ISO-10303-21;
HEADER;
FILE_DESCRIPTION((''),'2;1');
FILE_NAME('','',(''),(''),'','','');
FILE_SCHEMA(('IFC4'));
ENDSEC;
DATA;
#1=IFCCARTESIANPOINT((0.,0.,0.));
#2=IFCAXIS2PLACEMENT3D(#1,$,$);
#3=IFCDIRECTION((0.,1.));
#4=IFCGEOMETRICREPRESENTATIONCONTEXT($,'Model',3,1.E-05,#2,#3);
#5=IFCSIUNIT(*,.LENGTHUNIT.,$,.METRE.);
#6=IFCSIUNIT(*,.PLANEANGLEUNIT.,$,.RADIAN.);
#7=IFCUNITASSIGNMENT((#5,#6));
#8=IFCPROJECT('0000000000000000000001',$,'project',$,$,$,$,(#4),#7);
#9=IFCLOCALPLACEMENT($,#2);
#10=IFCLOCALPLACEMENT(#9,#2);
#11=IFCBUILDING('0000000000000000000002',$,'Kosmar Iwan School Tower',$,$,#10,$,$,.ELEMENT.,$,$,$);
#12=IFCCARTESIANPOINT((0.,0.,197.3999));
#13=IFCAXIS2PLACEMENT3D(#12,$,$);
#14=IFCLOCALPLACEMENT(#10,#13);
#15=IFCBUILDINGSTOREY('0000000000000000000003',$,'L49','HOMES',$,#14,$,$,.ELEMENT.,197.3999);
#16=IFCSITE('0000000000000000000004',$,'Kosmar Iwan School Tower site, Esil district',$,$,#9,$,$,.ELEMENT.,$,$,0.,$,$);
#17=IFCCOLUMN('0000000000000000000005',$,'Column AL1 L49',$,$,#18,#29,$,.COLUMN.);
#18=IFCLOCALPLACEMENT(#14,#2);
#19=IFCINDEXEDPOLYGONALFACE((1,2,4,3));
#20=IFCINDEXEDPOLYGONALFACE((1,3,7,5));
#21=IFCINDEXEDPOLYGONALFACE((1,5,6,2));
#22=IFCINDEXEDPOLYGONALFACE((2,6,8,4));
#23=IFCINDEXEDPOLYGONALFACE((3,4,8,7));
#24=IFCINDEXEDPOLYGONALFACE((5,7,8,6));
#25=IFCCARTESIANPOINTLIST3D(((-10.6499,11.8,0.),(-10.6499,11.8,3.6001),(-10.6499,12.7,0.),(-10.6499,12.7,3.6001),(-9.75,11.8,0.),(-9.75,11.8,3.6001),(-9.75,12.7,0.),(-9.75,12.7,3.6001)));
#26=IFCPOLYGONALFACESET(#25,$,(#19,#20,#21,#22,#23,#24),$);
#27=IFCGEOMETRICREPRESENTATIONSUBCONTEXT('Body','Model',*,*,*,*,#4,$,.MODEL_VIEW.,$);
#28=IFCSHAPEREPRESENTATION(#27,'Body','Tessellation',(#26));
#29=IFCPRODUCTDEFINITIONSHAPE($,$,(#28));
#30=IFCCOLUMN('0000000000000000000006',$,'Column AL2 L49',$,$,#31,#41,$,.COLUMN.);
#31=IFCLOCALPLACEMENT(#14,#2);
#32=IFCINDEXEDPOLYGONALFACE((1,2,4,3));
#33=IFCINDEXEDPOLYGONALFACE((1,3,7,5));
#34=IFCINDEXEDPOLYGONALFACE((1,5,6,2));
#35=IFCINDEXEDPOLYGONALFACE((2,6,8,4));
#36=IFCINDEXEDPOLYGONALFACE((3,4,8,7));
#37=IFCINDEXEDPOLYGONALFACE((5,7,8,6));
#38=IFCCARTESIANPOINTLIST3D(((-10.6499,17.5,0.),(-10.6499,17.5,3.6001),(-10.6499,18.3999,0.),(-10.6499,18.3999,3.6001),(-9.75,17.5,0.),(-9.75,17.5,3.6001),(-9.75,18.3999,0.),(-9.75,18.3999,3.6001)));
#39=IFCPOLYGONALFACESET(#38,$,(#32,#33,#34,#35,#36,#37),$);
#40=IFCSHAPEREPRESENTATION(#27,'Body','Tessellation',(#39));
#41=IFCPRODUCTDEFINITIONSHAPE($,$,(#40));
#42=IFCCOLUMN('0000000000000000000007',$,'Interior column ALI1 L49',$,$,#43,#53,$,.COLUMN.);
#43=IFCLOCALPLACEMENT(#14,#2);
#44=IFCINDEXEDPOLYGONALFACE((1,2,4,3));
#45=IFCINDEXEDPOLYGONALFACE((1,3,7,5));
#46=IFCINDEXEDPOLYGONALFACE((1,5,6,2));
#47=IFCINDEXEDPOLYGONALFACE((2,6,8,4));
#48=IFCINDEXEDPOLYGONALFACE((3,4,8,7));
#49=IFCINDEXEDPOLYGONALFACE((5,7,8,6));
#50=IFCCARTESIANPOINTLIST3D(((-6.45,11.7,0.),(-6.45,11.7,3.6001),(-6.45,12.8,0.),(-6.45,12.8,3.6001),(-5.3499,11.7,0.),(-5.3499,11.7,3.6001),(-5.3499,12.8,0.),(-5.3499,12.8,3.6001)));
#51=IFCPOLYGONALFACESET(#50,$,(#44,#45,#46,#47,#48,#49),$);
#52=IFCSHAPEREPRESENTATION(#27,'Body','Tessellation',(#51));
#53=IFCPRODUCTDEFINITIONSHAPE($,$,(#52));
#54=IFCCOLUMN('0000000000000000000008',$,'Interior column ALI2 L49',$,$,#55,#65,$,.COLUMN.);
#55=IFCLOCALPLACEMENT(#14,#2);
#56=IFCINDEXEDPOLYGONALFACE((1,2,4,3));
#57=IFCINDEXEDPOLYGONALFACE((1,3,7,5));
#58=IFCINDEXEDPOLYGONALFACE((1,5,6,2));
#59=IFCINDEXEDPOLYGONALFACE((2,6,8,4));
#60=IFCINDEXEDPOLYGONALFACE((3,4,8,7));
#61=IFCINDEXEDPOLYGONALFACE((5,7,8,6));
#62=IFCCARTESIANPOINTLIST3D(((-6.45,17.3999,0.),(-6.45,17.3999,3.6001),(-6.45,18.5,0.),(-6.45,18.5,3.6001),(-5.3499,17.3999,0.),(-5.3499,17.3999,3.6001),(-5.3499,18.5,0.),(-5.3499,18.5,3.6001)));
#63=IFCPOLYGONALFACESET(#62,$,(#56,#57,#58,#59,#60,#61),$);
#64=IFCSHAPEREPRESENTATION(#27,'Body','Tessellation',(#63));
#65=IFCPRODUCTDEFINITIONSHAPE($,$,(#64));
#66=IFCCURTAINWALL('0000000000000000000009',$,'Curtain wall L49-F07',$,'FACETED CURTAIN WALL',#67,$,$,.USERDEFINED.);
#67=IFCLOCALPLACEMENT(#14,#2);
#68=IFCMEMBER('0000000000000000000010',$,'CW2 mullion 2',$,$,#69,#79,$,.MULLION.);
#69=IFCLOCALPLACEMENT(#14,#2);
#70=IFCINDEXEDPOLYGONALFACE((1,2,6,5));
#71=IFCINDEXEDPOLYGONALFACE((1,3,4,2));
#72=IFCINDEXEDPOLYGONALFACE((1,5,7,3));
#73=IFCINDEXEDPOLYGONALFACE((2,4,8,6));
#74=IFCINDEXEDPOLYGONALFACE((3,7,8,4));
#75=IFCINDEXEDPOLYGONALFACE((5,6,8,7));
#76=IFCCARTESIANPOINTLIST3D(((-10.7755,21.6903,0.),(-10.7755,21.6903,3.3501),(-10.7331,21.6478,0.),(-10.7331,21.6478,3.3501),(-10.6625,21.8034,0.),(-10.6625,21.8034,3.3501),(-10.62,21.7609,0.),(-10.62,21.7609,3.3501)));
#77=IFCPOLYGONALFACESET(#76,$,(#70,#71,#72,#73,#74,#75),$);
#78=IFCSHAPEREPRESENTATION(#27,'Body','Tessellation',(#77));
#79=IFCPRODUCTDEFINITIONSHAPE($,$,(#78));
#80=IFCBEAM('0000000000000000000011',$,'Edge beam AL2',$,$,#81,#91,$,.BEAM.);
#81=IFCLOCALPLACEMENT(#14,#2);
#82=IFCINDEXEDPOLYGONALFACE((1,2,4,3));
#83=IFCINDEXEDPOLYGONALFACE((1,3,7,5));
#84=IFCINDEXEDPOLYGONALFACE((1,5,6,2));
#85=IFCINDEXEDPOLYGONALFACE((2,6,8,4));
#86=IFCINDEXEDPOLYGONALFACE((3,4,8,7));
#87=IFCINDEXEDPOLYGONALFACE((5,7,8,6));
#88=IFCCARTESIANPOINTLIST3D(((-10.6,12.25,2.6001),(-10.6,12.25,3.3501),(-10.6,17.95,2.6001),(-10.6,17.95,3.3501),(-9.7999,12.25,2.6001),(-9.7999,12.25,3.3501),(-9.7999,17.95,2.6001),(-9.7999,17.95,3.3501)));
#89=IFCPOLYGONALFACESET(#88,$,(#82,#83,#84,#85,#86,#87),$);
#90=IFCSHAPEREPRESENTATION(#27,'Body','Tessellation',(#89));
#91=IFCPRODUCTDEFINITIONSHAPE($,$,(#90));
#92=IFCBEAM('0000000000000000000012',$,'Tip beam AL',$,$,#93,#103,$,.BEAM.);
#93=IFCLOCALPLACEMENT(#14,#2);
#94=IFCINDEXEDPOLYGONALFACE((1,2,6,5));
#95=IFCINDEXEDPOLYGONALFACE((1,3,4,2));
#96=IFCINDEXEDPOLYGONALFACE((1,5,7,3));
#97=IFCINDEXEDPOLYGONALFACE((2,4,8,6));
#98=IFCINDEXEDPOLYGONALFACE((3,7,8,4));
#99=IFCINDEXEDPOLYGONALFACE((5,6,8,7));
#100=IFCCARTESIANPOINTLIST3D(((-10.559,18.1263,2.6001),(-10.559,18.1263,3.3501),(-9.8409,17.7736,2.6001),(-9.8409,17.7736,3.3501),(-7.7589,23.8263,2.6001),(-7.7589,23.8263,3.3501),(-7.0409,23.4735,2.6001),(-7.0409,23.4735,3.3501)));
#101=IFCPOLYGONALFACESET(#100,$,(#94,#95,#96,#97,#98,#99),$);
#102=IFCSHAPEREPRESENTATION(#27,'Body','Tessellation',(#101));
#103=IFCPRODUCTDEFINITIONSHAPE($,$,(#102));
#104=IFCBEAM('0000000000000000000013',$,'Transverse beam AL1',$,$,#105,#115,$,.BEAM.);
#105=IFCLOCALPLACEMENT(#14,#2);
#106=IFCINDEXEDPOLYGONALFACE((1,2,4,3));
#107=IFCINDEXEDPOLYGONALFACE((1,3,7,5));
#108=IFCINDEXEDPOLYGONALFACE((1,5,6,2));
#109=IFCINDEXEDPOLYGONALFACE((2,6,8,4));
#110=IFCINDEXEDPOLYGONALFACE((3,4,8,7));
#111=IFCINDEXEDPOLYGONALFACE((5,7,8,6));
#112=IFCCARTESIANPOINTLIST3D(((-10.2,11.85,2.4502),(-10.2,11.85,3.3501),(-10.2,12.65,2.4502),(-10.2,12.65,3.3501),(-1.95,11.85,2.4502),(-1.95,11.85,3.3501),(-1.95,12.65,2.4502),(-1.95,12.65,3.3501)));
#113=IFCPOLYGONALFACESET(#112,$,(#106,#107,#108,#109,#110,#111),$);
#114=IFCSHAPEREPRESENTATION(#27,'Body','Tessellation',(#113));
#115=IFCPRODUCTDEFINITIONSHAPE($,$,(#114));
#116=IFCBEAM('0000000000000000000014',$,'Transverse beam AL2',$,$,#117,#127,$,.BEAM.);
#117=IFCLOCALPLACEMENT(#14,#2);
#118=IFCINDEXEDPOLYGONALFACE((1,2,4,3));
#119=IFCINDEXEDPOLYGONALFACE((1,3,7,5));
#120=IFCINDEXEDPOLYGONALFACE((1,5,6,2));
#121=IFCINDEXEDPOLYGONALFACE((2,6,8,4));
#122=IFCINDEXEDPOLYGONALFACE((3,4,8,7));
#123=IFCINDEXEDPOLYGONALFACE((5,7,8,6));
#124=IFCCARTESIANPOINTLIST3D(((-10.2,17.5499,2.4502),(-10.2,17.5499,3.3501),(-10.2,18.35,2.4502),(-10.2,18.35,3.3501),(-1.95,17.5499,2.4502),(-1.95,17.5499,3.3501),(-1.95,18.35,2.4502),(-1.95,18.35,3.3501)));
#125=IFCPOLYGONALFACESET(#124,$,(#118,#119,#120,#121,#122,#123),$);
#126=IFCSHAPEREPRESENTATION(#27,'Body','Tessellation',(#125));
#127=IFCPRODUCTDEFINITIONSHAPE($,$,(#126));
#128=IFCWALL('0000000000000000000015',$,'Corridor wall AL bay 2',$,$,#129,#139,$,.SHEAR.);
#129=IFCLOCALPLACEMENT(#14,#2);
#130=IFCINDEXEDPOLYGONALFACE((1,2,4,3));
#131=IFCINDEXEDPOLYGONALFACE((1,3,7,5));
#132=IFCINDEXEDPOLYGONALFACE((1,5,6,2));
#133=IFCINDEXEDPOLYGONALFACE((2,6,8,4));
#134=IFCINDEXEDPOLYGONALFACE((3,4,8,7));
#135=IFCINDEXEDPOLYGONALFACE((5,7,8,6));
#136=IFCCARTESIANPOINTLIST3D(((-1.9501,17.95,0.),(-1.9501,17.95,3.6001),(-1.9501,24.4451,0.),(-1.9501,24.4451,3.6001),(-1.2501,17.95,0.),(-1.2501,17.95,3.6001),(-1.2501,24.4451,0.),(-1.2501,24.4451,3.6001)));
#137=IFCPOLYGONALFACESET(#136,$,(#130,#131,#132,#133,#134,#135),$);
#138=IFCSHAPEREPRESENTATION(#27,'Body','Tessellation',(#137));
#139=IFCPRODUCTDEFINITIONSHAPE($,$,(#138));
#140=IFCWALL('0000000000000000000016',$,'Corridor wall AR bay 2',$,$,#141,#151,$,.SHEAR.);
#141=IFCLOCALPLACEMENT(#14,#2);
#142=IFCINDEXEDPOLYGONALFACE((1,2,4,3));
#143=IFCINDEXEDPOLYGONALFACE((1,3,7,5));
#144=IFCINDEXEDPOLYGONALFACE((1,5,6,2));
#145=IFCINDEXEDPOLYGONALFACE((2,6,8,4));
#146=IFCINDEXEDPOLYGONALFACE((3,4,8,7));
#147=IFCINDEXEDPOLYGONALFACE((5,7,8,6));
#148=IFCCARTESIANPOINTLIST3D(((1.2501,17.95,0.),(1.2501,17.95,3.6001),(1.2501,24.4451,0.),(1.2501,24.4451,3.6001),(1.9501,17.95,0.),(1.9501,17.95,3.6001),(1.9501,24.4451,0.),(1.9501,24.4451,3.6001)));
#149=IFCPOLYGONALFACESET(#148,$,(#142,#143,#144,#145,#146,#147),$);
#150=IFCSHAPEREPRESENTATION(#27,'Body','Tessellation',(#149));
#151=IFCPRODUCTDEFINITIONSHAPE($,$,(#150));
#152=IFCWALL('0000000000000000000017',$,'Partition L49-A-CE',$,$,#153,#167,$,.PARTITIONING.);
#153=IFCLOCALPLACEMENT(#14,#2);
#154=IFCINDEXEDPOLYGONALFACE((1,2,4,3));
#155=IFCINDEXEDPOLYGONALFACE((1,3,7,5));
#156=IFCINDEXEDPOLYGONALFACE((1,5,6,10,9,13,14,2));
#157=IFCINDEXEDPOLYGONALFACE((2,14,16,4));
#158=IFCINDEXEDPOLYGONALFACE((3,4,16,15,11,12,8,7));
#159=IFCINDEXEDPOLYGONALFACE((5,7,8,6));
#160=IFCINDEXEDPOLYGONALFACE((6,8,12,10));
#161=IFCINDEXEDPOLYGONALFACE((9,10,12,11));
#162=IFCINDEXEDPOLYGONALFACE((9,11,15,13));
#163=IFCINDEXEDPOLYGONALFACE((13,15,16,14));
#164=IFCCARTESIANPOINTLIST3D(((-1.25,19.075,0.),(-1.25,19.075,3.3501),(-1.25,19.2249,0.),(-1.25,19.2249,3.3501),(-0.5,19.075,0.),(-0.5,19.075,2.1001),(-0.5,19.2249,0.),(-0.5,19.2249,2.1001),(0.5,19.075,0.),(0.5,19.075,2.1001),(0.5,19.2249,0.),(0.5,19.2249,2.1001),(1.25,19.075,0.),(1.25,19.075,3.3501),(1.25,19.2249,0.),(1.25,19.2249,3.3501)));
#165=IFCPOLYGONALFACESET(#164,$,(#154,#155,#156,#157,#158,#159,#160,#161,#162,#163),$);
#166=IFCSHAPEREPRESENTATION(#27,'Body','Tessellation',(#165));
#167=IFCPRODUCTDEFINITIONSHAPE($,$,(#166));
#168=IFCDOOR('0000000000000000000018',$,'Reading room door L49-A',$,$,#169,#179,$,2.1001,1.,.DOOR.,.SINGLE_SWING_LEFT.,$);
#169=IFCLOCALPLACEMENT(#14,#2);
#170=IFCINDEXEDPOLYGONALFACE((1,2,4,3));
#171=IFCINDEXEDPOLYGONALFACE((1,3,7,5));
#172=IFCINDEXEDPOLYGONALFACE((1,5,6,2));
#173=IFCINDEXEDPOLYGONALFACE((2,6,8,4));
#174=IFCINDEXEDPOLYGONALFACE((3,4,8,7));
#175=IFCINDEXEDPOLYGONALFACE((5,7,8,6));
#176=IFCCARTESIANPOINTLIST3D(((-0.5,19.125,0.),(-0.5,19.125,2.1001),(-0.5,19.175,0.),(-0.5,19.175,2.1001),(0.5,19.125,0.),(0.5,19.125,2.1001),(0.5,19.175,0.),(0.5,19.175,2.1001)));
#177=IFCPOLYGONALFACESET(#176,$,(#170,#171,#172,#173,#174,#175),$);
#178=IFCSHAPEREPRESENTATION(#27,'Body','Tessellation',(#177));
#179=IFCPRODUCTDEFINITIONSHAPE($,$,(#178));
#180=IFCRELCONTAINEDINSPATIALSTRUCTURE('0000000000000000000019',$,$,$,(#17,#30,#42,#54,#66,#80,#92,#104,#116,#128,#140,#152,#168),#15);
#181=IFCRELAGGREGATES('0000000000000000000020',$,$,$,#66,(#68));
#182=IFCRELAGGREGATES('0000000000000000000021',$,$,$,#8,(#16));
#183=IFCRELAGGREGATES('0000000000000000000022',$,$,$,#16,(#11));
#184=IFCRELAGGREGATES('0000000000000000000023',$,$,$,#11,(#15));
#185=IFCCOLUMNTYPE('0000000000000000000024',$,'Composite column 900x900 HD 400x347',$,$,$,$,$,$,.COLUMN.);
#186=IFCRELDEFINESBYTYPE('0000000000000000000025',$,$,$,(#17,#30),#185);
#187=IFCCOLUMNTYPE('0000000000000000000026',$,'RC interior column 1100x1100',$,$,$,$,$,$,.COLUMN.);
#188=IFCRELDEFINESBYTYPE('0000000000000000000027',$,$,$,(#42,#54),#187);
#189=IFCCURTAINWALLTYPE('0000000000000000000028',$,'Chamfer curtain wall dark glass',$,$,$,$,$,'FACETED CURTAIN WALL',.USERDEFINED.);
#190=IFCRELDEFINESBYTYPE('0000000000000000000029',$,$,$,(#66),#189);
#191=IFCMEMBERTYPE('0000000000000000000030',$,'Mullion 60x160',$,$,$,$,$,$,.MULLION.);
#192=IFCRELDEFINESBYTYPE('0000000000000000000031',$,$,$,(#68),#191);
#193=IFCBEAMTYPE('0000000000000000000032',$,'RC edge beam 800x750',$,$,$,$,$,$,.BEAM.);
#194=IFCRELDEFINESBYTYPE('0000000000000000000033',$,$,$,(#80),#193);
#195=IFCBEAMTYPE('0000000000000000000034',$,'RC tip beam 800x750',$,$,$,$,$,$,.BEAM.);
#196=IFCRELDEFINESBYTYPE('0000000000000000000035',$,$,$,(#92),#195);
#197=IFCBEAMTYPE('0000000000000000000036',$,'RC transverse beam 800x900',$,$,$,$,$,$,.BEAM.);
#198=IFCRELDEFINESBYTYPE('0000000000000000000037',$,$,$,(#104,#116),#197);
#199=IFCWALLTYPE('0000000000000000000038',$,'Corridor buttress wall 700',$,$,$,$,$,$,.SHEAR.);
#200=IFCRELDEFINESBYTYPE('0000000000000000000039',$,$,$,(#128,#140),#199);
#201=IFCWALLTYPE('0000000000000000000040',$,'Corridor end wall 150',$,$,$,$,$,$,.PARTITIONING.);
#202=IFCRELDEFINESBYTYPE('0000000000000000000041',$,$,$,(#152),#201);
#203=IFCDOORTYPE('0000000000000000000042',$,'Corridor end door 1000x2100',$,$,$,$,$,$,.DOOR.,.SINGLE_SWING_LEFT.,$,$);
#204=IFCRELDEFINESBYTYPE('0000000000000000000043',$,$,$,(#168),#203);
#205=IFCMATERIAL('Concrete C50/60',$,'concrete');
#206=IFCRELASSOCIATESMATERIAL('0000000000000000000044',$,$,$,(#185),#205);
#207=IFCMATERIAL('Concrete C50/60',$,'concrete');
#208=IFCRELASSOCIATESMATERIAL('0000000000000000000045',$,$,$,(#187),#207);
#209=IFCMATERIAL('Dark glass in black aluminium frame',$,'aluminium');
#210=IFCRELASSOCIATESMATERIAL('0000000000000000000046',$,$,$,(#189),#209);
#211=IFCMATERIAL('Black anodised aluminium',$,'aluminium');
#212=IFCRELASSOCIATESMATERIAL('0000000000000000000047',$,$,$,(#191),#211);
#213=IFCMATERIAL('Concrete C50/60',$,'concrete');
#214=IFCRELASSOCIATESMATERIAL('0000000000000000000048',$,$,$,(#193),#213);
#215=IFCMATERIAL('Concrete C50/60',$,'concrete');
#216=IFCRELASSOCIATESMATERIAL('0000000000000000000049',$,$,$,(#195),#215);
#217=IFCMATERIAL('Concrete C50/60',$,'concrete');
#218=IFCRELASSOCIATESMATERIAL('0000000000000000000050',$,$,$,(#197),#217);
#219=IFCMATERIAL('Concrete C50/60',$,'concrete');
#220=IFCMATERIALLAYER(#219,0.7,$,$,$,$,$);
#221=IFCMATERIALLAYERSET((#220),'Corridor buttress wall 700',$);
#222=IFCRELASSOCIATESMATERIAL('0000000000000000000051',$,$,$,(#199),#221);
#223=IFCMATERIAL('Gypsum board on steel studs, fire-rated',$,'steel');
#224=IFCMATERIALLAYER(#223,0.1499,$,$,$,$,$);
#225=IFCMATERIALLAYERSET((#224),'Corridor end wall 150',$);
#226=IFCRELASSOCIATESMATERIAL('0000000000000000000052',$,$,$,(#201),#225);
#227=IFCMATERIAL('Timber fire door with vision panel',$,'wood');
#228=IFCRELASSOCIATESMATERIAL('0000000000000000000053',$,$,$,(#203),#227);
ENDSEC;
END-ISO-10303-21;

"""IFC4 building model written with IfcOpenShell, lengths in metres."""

from ifc_helpers import new_model, si_unit, direction, frame, frame_2d, origin, origin_2d, place, context, subcontext, project, spatial, rectangle, extrude, material, layer, layer_set, material_profile, profile_set, type_object, element, fill, aggregate, save


model = new_model("IFC4")

# Units and contexts
model_context = context("Model", 3, precision=1e-05, world=origin(), true_north=direction((0.0, 1.0)))
body_context = subcontext(model_context, "Body", "Model", "MODEL_VIEW")
ifc_project = project(units=[si_unit("LENGTHUNIT", "METRE"), si_unit("PLANEANGLEUNIT", "RADIAN")], contexts=[model_context])

# Site, building, storey
site_placement = place(None, origin())
site = spatial("IfcSite", under=ifc_project, at=site_placement, Name="Kosmar Iwan School Tower site, Esil district", CompositionType="ELEMENT", RefElevation=0.0)
building_placement = place(site_placement, origin())
building = spatial("IfcBuilding", under=site, at=building_placement, Name="Kosmar Iwan School Tower", CompositionType="ELEMENT")
storey_placement = place(building_placement, frame((0.0, 0.0, 197.3999)))
storey = spatial("IfcBuildingStorey", under=building, at=storey_placement, Name="L49", Description="HOMES", CompositionType="ELEMENT", Elevation=197.3999)

# Columns
ifc_material_1 = material(Name="Concrete C50/60", Category="concrete")
ifc_material_profile_1 = material_profile(ifc_material_1, rectangle(XDim=0.8999, YDim=0.8999, at=origin_2d()), Name="RC 900x900 + HD 400x347")
ifc_profile_set_1 = profile_set([ifc_material_profile_1], Name="Concrete C50/60")
column_type_1 = type_object("IfcColumnType", Name="Composite column 900x900 HD 400x347", PredefinedType="COLUMN", material=ifc_profile_set_1)
for number, where, z_axis, x_axis, name in (
    (1, (-10.2, 12.25, 0.0), (0.0, 0.0, 1.0), (0.0, 1.0, 0.0), "Column AL1 L49"),
    (2, (-10.2, 17.95, 0.0), (0.0, 0.0, 1.0), (0.0, 1.0, 0.0), "Column AL2 L49"),
):
    element("IfcColumn", number, at=place(storey_placement, frame(where, z_axis=z_axis, x_axis=x_axis)), inside=storey, type_object=column_type_1, Name=name, PredefinedType="COLUMN", context=body_context, shape_type="SweptSolid", body=[
        extrude(rectangle(XDim=0.8999, YDim=0.8999, at=origin_2d()), origin(), (0.0, 0.0, 1.0), 3.6001),
    ])
ifc_material_2 = material(Name="Concrete C50/60", Category="concrete")
ifc_material_profile_2 = material_profile(ifc_material_2, rectangle(XDim=1.1001, YDim=1.1001, at=origin_2d()), Name="RC 1100x1100")
ifc_profile_set_2 = profile_set([ifc_material_profile_2], Name="Concrete C50/60")
column_type_2 = type_object("IfcColumnType", Name="RC interior column 1100x1100", PredefinedType="COLUMN", material=ifc_profile_set_2)
for number, where, z_axis, x_axis, name in (
    (3, (-5.8999, 12.25, 0.0), (0.0, 0.0, 1.0), (0.0, 1.0, 0.0), "Interior column ALI1 L49"),
    (4, (-5.8999, 17.95, 0.0), (0.0, 0.0, 1.0), (0.0, 1.0, 0.0), "Interior column ALI2 L49"),
):
    element("IfcColumn", number, at=place(storey_placement, frame(where, z_axis=z_axis, x_axis=x_axis)), inside=storey, type_object=column_type_2, Name=name, PredefinedType="COLUMN", context=body_context, shape_type="SweptSolid", body=[
        extrude(rectangle(XDim=1.1001, YDim=1.1001, at=origin_2d()), origin(), (0.0, 0.0, 1.0), 3.6001),
    ])

# Curtain wall, member
ifc_material_3 = material(Name="Dark glass in black aluminium frame", Category="aluminium")
curtain_wall_type = type_object("IfcCurtainWallType", Name="Chamfer curtain wall dark glass", ElementType="FACETED CURTAIN WALL", PredefinedType="USERDEFINED", material=ifc_material_3)
curtain_wall_placement = place(storey_placement, origin())
curtain_wall = element("IfcCurtainWall", 5, at=curtain_wall_placement, inside=storey, type_object=curtain_wall_type, Name="Curtain wall L49-F07", ObjectType="FACETED CURTAIN WALL", PredefinedType="USERDEFINED")
ifc_material_4 = material(Name="Black anodised aluminium", Category="aluminium")
ifc_material_profile_3 = material_profile(ifc_material_4, rectangle(XDim=0.0601, YDim=0.1599, at=origin_2d()), Name="MULLION 60x160")
ifc_profile_set_3 = profile_set([ifc_material_profile_3], Name="Black anodised aluminium")
member_type = type_object("IfcMemberType", Name="Mullion 60x160", PredefinedType="MULLION", material=ifc_profile_set_3)
member_placement = place(storey_placement, frame((-10.6978, 21.7256, 0.0), z_axis=(0.0, 0.0, 1.0), x_axis=(0.707107, -0.707107, 0.0)))
member = element("IfcMember", 6, at=member_placement, type_object=member_type, Name="CW2 mullion 2", PredefinedType="MULLION", context=body_context, shape_type="SweptSolid", body=[
    extrude(rectangle(XDim=0.0601, YDim=0.1599, at=origin_2d()), origin(), (0.0, 0.0, 1.0), 3.3501),
])
aggregate(curtain_wall, [member])

# Beams
ifc_material_5 = material(Name="Concrete C50/60", Category="concrete")
ifc_material_profile_4 = material_profile(ifc_material_5, rectangle(XDim=0.8, YDim=0.75, at=origin_2d()), Name="RC 800x750")
ifc_profile_set_4 = profile_set([ifc_material_profile_4], Name="Concrete C50/60")
beam_type_1 = type_object("IfcBeamType", Name="RC edge beam 800x750", PredefinedType="BEAM", material=ifc_profile_set_4)
beam_1_placement = place(storey_placement, frame((-10.2, 12.25, 2.9751), z_axis=(0.0, 1.0, 0.0), x_axis=(-1.0, 0.0, 0.0)))
element("IfcBeam", 7, at=beam_1_placement, inside=storey, type_object=beam_type_1, Name="Edge beam AL2", PredefinedType="BEAM", context=body_context, shape_type="SweptSolid", body=[
    extrude(rectangle(XDim=0.8, YDim=0.75, at=origin_2d()), origin(), (0.0, 0.0, 1.0), 5.7),
])
ifc_material_6 = material(Name="Concrete C50/60", Category="concrete")
ifc_material_profile_5 = material_profile(ifc_material_6, rectangle(XDim=0.8, YDim=0.75, at=origin_2d()), Name="RC 800x750")
ifc_profile_set_5 = profile_set([ifc_material_profile_5], Name="Concrete C50/60")
beam_type_2 = type_object("IfcBeamType", Name="RC tip beam 800x750", PredefinedType="BEAM", material=ifc_profile_set_5)
beam_2_placement = place(storey_placement, frame((-10.2, 17.95, 2.9751), z_axis=(0.440913, 0.89755, 0.0), x_axis=(-0.89755, 0.440913, 0.0)))
element("IfcBeam", 8, at=beam_2_placement, inside=storey, type_object=beam_type_2, Name="Tip beam AL", PredefinedType="BEAM", context=body_context, shape_type="SweptSolid", body=[
    extrude(rectangle(XDim=0.8, YDim=0.75, at=origin_2d()), origin(), (0.0, 0.0, 1.0), 6.3506),
])
ifc_material_7 = material(Name="Concrete C50/60", Category="concrete")
ifc_material_profile_6 = material_profile(ifc_material_7, rectangle(XDim=0.8, YDim=0.8999, at=origin_2d()), Name="RC 800x900")
ifc_profile_set_6 = profile_set([ifc_material_profile_6], Name="Concrete C50/60")
beam_type_3 = type_object("IfcBeamType", Name="RC transverse beam 800x900", PredefinedType="BEAM", material=ifc_profile_set_6)
for number, where, z_axis, x_axis, name in (
    (9, (-10.2, 12.25, 2.9001), (1.0, 0.0, 0.0), (0.0, 1.0, 0.0), "Transverse beam AL1"),
    (10, (-10.2, 17.95, 2.9001), (1.0, 0.0, 0.0), (0.0, 1.0, 0.0), "Transverse beam AL2"),
):
    element("IfcBeam", number, at=place(storey_placement, frame(where, z_axis=z_axis, x_axis=x_axis)), inside=storey, type_object=beam_type_3, Name=name, PredefinedType="BEAM", context=body_context, shape_type="SweptSolid", body=[
        extrude(rectangle(XDim=0.8, YDim=0.8999, at=origin_2d()), origin(), (0.0, 0.0, 1.0), 8.25),
    ])

# Walls
ifc_material_8 = material(Name="Concrete C50/60", Category="concrete")
ifc_layer_1 = layer(ifc_material_8, 0.7)
ifc_layer_set_1 = layer_set([ifc_layer_1], Name="Corridor buttress wall 700")
wall_type_1 = type_object("IfcWallType", Name="Corridor buttress wall 700", PredefinedType="SHEAR", material=ifc_layer_set_1)
for number, where, z_axis, x_axis, name in (
    (11, (-1.6001, 17.95, 0.0), (0.0, 0.0, 1.0), (0.0, 1.0, 0.0), "Corridor wall AL bay 2"),
    (12, (1.6001, 17.95, 0.0), (0.0, 0.0, 1.0), (0.0, 1.0, 0.0), "Corridor wall AR bay 2"),
):
    element("IfcWall", number, at=place(storey_placement, frame(where, z_axis=z_axis, x_axis=x_axis)), inside=storey, type_object=wall_type_1, Name=name, PredefinedType="SHEAR", context=body_context, shape_type="SweptSolid", body=[
        extrude(rectangle(XDim=6.4951, YDim=0.7, at=frame_2d((3.2476, 0.0))), origin(), (0.0, 0.0, 1.0), 3.6001),
    ])

# Wall, opening, door
ifc_material_9 = material(Name="Gypsum board on steel studs, fire-rated", Category="steel")
ifc_layer_2 = layer(ifc_material_9, 0.1499)
ifc_layer_set_2 = layer_set([ifc_layer_2], Name="Corridor end wall 150")
wall_type_2 = type_object("IfcWallType", Name="Corridor end wall 150", PredefinedType="PARTITIONING", material=ifc_layer_set_2)
wall_1_placement = place(storey_placement, frame((1.25, 19.1499, 0.0), z_axis=(0.0, 0.0, 1.0), x_axis=(-1.0, 0.0, 0.0)))
wall_1 = element("IfcWall", 13, at=wall_1_placement, inside=storey, type_object=wall_type_2, Name="Partition L49-A-CE", PredefinedType="PARTITIONING", context=body_context, shape_type="SweptSolid", body=[
    extrude(rectangle(XDim=2.5, YDim=0.1499, at=frame_2d((1.25, 0.0))), origin(), (0.0, 0.0, 1.0), 3.3501),
])
opening_1_placement = place(wall_1_placement, frame((0.75, 0.0, 0.0)))
opening_1 = element("IfcOpeningElement", 14, at=opening_1_placement, cuts=wall_1, PredefinedType="OPENING", context=body_context, shape_type="SweptSolid", body=[
    extrude(rectangle(XDim=1.0, YDim=2.1001, at=frame_2d((0.5, 1.05))), frame((0.0, 0.0869, 0.0), z_axis=(0.0, -1.0, 0.0), x_axis=(1.0, 0.0, 0.0)), (0.0, 0.0, 1.0), 0.1738),
])
ifc_material_10 = material(Name="Timber fire door with vision panel", Category="wood")
door_type = type_object("IfcDoorType", Name="Corridor end door 1000x2100", OperationType="SINGLE_SWING_LEFT", PredefinedType="DOOR", material=ifc_material_10)
door_1_placement = place(opening_1_placement, origin())
door_1 = element("IfcDoor", 15, at=door_1_placement, inside=storey, type_object=door_type, Name="Reading room door L49-A", OperationType="SINGLE_SWING_LEFT", OverallHeight=2.1001, OverallWidth=1.0, PredefinedType="DOOR", context=body_context, shape_type="SweptSolid", body=[
    extrude(rectangle(XDim=1.0, YDim=2.1001, at=frame_2d((0.5, 1.05))), frame((0.0, 0.0249, 0.0), z_axis=(0.0, -1.0, 0.0), x_axis=(1.0, 0.0, 0.0)), (0.0, 0.0, 1.0), 0.05),
])
fill(opening_1, door_1)

save(model, "model.ifc")
